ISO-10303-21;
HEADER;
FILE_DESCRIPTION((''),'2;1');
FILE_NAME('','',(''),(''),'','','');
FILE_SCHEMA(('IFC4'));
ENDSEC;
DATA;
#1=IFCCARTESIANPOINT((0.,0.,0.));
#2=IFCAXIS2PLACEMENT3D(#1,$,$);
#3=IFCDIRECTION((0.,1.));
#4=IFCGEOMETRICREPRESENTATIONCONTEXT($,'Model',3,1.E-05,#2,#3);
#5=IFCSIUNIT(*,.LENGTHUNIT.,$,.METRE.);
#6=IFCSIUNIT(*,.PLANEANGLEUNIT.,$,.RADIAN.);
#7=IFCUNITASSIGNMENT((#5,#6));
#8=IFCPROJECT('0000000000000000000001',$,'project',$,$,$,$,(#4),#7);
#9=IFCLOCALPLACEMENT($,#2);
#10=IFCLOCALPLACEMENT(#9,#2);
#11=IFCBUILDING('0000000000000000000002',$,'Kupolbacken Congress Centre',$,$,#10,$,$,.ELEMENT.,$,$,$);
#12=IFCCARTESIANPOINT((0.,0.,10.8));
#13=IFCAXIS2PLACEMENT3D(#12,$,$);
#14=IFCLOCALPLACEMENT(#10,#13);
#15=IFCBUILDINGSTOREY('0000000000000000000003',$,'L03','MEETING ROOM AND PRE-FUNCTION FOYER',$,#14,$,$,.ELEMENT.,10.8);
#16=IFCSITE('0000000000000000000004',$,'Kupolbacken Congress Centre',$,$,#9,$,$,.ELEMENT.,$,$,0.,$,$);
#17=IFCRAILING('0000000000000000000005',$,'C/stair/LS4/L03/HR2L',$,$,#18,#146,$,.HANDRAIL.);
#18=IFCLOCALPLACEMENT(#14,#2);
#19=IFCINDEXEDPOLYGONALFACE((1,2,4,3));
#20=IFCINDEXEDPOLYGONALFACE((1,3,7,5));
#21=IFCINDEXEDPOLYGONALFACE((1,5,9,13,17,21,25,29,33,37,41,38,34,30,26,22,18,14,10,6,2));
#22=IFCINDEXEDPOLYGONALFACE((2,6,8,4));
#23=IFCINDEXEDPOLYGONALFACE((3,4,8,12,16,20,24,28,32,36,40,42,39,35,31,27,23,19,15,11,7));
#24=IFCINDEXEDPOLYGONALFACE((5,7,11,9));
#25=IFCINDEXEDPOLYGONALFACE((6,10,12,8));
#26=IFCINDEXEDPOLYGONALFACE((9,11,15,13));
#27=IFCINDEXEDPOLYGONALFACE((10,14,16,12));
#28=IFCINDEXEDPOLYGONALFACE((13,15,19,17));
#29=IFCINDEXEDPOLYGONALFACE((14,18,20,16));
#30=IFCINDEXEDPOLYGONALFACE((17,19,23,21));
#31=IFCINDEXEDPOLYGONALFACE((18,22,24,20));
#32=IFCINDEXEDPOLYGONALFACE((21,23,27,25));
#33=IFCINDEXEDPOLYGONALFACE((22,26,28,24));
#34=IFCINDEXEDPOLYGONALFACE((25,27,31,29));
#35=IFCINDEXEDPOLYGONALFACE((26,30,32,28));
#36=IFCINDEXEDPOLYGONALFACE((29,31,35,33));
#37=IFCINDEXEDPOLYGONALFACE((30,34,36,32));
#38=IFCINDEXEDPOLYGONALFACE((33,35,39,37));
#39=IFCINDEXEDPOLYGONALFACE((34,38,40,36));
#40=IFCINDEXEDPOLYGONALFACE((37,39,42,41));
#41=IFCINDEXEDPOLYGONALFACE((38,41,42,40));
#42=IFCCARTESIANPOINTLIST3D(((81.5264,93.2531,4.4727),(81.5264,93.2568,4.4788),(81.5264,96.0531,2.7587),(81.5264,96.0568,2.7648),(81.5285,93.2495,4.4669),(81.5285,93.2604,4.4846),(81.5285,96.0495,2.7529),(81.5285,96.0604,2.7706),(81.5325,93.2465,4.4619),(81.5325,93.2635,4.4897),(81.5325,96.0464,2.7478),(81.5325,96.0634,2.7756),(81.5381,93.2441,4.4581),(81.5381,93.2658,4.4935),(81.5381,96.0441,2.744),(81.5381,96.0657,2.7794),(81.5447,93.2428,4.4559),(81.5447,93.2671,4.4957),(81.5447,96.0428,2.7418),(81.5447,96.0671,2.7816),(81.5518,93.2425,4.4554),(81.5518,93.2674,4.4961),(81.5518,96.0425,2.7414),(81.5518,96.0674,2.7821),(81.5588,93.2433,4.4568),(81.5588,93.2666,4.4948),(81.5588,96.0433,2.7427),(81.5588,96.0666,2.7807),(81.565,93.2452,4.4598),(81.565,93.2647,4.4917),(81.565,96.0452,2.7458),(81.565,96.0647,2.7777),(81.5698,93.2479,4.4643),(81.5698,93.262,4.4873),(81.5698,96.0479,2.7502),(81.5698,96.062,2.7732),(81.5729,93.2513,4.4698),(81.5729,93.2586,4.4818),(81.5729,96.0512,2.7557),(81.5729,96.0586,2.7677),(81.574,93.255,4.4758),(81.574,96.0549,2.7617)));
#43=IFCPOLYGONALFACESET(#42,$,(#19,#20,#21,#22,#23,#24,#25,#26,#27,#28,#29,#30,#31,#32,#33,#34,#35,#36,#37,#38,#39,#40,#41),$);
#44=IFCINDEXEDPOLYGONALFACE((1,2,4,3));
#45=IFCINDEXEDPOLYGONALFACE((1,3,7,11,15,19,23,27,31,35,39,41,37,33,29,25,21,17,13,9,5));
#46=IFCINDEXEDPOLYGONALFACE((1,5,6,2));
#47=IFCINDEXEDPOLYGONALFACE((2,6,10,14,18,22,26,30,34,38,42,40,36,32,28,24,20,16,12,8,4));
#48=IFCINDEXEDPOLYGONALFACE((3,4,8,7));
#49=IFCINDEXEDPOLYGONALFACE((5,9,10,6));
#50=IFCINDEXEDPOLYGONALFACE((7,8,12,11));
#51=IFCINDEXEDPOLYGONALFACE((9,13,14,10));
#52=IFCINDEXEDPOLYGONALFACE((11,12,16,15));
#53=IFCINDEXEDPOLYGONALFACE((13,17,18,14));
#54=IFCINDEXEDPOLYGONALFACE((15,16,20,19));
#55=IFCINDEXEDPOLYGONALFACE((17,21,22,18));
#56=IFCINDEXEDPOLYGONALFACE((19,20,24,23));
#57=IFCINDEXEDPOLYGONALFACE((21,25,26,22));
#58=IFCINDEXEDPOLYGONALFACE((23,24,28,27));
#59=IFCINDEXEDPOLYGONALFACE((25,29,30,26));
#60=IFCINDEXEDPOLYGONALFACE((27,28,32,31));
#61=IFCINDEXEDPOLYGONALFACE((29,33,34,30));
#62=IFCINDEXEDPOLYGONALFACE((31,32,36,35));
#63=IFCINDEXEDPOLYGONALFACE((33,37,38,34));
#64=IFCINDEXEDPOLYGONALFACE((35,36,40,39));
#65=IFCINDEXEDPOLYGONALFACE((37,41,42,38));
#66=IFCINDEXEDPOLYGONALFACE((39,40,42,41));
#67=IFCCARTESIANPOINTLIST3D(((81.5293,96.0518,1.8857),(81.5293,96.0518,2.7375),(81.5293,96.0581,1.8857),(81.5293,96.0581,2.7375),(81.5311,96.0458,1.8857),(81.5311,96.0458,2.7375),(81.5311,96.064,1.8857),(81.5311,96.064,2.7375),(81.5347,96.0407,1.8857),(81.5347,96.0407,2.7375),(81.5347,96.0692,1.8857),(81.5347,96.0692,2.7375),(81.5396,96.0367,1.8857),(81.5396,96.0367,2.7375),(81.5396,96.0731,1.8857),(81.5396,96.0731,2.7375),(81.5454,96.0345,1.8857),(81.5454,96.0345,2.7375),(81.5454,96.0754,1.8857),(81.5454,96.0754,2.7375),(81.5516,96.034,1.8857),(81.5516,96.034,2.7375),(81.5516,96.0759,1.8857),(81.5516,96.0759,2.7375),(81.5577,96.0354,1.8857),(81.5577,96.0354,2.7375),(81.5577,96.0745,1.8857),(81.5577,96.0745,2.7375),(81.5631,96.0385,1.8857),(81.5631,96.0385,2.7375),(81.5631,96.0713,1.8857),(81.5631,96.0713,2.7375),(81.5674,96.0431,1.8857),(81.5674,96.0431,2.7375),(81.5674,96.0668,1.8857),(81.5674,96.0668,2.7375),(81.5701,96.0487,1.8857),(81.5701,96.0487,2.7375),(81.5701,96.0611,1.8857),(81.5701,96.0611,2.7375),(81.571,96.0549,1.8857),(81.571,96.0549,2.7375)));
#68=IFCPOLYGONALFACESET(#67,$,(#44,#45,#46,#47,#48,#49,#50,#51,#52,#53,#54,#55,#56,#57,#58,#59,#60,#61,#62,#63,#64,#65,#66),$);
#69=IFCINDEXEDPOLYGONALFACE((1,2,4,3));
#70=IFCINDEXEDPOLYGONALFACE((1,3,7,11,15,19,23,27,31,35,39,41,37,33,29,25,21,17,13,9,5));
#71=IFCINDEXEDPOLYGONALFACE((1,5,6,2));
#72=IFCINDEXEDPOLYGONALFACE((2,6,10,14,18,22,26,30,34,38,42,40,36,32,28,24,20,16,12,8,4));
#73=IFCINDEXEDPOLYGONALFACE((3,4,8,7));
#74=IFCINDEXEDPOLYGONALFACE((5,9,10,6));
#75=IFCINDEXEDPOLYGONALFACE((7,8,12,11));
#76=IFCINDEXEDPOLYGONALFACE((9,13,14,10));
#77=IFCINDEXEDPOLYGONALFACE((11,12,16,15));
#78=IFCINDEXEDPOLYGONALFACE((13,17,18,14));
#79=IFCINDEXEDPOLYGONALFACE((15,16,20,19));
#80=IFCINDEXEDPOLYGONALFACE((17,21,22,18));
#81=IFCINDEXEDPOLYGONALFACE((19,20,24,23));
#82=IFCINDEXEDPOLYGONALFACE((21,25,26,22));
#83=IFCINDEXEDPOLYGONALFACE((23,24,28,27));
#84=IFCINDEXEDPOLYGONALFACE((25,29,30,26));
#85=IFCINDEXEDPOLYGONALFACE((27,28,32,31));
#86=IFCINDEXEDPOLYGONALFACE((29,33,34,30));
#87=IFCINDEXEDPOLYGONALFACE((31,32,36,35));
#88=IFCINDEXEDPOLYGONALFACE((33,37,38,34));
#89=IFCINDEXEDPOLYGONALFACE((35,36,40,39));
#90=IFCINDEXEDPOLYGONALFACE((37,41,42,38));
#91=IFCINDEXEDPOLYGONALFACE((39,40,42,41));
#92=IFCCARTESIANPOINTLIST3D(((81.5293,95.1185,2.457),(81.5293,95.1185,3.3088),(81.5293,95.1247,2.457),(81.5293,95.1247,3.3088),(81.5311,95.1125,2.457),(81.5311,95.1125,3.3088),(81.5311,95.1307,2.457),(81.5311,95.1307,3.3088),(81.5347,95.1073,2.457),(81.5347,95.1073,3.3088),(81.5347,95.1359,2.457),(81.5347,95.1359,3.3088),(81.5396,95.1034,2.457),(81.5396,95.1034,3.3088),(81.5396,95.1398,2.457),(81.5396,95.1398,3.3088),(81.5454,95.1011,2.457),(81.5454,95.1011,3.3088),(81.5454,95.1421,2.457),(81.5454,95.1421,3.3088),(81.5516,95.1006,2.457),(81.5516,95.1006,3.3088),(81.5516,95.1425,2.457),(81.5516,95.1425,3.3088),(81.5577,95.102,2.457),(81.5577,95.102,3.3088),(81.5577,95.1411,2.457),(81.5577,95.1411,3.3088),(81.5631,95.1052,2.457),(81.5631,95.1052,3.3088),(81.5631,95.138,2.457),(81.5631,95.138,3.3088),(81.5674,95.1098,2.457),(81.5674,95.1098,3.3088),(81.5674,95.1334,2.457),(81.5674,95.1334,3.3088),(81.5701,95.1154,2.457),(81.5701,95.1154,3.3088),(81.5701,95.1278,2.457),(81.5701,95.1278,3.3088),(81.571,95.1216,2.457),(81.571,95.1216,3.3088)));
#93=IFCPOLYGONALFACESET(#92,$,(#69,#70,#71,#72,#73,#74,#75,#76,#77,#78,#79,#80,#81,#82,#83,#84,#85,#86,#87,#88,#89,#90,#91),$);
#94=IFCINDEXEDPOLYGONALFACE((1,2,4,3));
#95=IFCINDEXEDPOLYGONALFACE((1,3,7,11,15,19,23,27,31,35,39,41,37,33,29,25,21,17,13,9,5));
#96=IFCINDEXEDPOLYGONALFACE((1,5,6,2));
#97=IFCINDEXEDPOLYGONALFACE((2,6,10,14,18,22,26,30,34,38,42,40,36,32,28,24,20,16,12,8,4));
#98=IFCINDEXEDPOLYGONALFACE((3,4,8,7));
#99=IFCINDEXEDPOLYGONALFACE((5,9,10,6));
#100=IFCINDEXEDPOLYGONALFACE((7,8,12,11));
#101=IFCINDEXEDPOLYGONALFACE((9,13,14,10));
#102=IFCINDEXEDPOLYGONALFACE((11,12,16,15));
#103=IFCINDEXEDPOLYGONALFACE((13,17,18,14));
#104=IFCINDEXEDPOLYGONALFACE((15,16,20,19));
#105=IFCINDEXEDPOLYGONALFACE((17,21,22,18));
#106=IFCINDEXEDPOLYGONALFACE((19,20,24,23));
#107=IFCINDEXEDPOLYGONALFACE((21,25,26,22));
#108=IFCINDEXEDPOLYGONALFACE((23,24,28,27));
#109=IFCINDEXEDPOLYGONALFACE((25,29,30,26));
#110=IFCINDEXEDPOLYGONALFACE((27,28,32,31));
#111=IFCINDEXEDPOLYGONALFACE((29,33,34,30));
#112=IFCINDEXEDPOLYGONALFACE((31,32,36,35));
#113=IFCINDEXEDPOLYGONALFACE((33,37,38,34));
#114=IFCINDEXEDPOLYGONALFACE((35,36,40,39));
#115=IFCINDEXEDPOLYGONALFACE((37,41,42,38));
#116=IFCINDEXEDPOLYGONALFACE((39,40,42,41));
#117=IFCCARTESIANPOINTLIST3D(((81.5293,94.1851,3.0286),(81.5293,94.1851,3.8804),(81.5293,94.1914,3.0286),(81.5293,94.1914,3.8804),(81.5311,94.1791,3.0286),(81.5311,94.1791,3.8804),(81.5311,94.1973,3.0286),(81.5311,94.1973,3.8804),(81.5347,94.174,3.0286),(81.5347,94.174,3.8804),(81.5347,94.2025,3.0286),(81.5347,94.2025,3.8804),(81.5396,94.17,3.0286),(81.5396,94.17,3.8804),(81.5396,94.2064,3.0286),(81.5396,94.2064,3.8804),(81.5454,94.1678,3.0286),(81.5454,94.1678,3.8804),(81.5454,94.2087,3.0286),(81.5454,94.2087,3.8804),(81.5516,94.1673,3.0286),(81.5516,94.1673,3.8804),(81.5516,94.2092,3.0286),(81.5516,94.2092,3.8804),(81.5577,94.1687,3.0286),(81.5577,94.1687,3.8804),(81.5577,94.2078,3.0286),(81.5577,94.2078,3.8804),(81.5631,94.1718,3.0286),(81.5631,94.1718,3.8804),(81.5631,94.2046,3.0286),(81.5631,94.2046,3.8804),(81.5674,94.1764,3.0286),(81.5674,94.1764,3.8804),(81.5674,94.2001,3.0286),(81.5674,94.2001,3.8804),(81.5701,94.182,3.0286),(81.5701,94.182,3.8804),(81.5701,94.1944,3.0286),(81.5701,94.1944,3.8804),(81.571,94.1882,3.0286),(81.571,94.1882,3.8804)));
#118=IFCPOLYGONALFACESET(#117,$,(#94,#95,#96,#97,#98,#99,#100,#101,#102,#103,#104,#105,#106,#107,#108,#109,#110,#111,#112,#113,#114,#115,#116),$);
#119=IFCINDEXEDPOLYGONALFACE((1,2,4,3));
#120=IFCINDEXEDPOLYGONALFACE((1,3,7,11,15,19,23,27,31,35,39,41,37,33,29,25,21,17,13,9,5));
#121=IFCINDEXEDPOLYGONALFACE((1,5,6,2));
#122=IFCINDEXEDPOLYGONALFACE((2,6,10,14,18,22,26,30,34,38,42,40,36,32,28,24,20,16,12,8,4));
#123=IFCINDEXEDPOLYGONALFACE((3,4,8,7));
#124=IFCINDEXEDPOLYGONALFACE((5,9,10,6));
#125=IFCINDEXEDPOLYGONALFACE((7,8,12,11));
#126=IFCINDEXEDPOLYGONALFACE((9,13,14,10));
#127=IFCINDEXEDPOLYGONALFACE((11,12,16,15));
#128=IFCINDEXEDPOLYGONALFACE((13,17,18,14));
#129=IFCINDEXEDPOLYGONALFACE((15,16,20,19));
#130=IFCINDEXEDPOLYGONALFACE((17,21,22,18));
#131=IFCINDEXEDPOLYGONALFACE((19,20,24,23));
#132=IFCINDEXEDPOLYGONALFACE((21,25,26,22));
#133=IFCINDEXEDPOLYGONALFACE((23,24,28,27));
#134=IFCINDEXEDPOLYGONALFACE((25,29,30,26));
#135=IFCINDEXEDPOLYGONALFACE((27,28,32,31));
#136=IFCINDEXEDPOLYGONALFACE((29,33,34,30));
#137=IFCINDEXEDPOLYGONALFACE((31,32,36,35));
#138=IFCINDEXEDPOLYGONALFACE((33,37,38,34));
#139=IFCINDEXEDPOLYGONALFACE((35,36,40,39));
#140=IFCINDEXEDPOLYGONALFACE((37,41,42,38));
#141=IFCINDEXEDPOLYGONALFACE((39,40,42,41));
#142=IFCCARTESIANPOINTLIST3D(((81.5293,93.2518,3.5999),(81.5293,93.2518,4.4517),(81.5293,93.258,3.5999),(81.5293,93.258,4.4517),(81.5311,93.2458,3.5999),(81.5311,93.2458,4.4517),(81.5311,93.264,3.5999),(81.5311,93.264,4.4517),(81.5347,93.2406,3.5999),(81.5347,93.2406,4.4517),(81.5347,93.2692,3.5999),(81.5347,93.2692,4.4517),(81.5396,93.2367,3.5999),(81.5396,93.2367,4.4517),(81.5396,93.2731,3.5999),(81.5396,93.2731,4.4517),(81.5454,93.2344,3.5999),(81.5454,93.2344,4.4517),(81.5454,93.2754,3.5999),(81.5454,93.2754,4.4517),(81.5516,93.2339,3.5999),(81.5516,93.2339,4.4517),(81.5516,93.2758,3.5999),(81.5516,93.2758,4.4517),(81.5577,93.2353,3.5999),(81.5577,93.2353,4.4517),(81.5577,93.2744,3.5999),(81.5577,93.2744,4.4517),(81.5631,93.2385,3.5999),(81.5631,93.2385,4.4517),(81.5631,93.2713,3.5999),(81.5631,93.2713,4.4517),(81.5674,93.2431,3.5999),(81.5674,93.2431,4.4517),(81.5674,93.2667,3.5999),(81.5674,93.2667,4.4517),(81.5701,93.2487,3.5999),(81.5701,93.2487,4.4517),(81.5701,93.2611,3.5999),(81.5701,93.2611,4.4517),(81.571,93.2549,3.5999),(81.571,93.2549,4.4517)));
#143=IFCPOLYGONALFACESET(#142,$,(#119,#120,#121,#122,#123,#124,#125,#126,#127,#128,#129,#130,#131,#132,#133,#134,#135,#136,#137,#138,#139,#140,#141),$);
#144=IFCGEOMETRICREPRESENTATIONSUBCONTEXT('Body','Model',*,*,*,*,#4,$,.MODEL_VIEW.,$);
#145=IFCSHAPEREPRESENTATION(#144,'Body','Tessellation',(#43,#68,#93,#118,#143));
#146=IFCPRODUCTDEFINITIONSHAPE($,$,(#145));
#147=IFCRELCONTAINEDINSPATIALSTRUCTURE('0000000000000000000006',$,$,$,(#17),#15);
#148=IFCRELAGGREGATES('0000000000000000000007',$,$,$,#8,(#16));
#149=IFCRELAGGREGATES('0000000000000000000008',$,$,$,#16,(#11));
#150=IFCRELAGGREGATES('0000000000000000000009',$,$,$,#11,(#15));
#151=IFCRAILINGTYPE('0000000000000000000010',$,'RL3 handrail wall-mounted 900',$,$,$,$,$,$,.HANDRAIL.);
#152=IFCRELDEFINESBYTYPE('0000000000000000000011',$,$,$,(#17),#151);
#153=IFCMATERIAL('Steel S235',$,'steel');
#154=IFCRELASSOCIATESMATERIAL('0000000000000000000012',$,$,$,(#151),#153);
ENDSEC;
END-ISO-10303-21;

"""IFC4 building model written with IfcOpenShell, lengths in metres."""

from ifc_helpers import new_model, si_unit, direction, frame, origin, origin_2d, place, context, subcontext, project, spatial, circle, extrude, material, type_object, element, save


model = new_model("IFC4")

# Units and contexts
model_context = context("Model", 3, precision=1e-05, world=origin(), true_north=direction((0.0, 1.0)))
body_context = subcontext(model_context, "Body", "Model", "MODEL_VIEW")
ifc_project = project(units=[si_unit("LENGTHUNIT", "METRE"), si_unit("PLANEANGLEUNIT", "RADIAN")], contexts=[model_context])

# Site, building, storey
site_placement = place(None, origin())
site = spatial("IfcSite", under=ifc_project, at=site_placement, Name="Kupolbacken Congress Centre", CompositionType="ELEMENT", RefElevation=0.0)
building_placement = place(site_placement, origin())
building = spatial("IfcBuilding", under=site, at=building_placement, Name="Kupolbacken Congress Centre", CompositionType="ELEMENT")
storey_placement = place(building_placement, frame((0.0, 0.0, 10.8)))
storey = spatial("IfcBuildingStorey", under=building, at=storey_placement, Name="L03", Description="MEETING ROOM AND PRE-FUNCTION FOYER", CompositionType="ELEMENT", Elevation=10.8)

# Railing
ifc_material_1 = material(Name="Steel S235", Category="steel")
railing_type = type_object("IfcRailingType", Name="RL3 handrail wall-mounted 900", PredefinedType="HANDRAIL", material=ifc_material_1)
railing_1_placement = place(storey_placement, frame((81.55, 96.0549, 1.8857)))
element("IfcRailing", 1, at=railing_1_placement, inside=storey, type_object=railing_type, Name="C/stair/LS4/L03/HR2L", PredefinedType="HANDRAIL", context=body_context, shape_type="SweptSolid", body=[
    extrude(circle(Radius=0.0239, at=origin_2d()), frame((0.0, 0.0, 0.876), z_axis=(0.0, -0.852879, 0.522109), x_axis=(1.0, 0.0, 0.0)), (0.0, 0.0, 1.0), 3.283),
    extrude(circle(Radius=0.021, at=origin_2d()), origin(), (0.0, 0.0, 1.0), 0.8518),
    extrude(circle(Radius=0.021, at=origin_2d()), frame((0.0, -0.9333, 0.5713)), (0.0, 0.0, 1.0), 0.8518),
    extrude(circle(Radius=0.021, at=origin_2d()), frame((0.0, -1.8667, 1.1428)), (0.0, 0.0, 1.0), 0.8518),
    extrude(circle(Radius=0.021, at=origin_2d()), frame((0.0, -2.8, 1.7141)), (0.0, 0.0, 1.0), 0.8518),
])

save(model, "model.ifc")
